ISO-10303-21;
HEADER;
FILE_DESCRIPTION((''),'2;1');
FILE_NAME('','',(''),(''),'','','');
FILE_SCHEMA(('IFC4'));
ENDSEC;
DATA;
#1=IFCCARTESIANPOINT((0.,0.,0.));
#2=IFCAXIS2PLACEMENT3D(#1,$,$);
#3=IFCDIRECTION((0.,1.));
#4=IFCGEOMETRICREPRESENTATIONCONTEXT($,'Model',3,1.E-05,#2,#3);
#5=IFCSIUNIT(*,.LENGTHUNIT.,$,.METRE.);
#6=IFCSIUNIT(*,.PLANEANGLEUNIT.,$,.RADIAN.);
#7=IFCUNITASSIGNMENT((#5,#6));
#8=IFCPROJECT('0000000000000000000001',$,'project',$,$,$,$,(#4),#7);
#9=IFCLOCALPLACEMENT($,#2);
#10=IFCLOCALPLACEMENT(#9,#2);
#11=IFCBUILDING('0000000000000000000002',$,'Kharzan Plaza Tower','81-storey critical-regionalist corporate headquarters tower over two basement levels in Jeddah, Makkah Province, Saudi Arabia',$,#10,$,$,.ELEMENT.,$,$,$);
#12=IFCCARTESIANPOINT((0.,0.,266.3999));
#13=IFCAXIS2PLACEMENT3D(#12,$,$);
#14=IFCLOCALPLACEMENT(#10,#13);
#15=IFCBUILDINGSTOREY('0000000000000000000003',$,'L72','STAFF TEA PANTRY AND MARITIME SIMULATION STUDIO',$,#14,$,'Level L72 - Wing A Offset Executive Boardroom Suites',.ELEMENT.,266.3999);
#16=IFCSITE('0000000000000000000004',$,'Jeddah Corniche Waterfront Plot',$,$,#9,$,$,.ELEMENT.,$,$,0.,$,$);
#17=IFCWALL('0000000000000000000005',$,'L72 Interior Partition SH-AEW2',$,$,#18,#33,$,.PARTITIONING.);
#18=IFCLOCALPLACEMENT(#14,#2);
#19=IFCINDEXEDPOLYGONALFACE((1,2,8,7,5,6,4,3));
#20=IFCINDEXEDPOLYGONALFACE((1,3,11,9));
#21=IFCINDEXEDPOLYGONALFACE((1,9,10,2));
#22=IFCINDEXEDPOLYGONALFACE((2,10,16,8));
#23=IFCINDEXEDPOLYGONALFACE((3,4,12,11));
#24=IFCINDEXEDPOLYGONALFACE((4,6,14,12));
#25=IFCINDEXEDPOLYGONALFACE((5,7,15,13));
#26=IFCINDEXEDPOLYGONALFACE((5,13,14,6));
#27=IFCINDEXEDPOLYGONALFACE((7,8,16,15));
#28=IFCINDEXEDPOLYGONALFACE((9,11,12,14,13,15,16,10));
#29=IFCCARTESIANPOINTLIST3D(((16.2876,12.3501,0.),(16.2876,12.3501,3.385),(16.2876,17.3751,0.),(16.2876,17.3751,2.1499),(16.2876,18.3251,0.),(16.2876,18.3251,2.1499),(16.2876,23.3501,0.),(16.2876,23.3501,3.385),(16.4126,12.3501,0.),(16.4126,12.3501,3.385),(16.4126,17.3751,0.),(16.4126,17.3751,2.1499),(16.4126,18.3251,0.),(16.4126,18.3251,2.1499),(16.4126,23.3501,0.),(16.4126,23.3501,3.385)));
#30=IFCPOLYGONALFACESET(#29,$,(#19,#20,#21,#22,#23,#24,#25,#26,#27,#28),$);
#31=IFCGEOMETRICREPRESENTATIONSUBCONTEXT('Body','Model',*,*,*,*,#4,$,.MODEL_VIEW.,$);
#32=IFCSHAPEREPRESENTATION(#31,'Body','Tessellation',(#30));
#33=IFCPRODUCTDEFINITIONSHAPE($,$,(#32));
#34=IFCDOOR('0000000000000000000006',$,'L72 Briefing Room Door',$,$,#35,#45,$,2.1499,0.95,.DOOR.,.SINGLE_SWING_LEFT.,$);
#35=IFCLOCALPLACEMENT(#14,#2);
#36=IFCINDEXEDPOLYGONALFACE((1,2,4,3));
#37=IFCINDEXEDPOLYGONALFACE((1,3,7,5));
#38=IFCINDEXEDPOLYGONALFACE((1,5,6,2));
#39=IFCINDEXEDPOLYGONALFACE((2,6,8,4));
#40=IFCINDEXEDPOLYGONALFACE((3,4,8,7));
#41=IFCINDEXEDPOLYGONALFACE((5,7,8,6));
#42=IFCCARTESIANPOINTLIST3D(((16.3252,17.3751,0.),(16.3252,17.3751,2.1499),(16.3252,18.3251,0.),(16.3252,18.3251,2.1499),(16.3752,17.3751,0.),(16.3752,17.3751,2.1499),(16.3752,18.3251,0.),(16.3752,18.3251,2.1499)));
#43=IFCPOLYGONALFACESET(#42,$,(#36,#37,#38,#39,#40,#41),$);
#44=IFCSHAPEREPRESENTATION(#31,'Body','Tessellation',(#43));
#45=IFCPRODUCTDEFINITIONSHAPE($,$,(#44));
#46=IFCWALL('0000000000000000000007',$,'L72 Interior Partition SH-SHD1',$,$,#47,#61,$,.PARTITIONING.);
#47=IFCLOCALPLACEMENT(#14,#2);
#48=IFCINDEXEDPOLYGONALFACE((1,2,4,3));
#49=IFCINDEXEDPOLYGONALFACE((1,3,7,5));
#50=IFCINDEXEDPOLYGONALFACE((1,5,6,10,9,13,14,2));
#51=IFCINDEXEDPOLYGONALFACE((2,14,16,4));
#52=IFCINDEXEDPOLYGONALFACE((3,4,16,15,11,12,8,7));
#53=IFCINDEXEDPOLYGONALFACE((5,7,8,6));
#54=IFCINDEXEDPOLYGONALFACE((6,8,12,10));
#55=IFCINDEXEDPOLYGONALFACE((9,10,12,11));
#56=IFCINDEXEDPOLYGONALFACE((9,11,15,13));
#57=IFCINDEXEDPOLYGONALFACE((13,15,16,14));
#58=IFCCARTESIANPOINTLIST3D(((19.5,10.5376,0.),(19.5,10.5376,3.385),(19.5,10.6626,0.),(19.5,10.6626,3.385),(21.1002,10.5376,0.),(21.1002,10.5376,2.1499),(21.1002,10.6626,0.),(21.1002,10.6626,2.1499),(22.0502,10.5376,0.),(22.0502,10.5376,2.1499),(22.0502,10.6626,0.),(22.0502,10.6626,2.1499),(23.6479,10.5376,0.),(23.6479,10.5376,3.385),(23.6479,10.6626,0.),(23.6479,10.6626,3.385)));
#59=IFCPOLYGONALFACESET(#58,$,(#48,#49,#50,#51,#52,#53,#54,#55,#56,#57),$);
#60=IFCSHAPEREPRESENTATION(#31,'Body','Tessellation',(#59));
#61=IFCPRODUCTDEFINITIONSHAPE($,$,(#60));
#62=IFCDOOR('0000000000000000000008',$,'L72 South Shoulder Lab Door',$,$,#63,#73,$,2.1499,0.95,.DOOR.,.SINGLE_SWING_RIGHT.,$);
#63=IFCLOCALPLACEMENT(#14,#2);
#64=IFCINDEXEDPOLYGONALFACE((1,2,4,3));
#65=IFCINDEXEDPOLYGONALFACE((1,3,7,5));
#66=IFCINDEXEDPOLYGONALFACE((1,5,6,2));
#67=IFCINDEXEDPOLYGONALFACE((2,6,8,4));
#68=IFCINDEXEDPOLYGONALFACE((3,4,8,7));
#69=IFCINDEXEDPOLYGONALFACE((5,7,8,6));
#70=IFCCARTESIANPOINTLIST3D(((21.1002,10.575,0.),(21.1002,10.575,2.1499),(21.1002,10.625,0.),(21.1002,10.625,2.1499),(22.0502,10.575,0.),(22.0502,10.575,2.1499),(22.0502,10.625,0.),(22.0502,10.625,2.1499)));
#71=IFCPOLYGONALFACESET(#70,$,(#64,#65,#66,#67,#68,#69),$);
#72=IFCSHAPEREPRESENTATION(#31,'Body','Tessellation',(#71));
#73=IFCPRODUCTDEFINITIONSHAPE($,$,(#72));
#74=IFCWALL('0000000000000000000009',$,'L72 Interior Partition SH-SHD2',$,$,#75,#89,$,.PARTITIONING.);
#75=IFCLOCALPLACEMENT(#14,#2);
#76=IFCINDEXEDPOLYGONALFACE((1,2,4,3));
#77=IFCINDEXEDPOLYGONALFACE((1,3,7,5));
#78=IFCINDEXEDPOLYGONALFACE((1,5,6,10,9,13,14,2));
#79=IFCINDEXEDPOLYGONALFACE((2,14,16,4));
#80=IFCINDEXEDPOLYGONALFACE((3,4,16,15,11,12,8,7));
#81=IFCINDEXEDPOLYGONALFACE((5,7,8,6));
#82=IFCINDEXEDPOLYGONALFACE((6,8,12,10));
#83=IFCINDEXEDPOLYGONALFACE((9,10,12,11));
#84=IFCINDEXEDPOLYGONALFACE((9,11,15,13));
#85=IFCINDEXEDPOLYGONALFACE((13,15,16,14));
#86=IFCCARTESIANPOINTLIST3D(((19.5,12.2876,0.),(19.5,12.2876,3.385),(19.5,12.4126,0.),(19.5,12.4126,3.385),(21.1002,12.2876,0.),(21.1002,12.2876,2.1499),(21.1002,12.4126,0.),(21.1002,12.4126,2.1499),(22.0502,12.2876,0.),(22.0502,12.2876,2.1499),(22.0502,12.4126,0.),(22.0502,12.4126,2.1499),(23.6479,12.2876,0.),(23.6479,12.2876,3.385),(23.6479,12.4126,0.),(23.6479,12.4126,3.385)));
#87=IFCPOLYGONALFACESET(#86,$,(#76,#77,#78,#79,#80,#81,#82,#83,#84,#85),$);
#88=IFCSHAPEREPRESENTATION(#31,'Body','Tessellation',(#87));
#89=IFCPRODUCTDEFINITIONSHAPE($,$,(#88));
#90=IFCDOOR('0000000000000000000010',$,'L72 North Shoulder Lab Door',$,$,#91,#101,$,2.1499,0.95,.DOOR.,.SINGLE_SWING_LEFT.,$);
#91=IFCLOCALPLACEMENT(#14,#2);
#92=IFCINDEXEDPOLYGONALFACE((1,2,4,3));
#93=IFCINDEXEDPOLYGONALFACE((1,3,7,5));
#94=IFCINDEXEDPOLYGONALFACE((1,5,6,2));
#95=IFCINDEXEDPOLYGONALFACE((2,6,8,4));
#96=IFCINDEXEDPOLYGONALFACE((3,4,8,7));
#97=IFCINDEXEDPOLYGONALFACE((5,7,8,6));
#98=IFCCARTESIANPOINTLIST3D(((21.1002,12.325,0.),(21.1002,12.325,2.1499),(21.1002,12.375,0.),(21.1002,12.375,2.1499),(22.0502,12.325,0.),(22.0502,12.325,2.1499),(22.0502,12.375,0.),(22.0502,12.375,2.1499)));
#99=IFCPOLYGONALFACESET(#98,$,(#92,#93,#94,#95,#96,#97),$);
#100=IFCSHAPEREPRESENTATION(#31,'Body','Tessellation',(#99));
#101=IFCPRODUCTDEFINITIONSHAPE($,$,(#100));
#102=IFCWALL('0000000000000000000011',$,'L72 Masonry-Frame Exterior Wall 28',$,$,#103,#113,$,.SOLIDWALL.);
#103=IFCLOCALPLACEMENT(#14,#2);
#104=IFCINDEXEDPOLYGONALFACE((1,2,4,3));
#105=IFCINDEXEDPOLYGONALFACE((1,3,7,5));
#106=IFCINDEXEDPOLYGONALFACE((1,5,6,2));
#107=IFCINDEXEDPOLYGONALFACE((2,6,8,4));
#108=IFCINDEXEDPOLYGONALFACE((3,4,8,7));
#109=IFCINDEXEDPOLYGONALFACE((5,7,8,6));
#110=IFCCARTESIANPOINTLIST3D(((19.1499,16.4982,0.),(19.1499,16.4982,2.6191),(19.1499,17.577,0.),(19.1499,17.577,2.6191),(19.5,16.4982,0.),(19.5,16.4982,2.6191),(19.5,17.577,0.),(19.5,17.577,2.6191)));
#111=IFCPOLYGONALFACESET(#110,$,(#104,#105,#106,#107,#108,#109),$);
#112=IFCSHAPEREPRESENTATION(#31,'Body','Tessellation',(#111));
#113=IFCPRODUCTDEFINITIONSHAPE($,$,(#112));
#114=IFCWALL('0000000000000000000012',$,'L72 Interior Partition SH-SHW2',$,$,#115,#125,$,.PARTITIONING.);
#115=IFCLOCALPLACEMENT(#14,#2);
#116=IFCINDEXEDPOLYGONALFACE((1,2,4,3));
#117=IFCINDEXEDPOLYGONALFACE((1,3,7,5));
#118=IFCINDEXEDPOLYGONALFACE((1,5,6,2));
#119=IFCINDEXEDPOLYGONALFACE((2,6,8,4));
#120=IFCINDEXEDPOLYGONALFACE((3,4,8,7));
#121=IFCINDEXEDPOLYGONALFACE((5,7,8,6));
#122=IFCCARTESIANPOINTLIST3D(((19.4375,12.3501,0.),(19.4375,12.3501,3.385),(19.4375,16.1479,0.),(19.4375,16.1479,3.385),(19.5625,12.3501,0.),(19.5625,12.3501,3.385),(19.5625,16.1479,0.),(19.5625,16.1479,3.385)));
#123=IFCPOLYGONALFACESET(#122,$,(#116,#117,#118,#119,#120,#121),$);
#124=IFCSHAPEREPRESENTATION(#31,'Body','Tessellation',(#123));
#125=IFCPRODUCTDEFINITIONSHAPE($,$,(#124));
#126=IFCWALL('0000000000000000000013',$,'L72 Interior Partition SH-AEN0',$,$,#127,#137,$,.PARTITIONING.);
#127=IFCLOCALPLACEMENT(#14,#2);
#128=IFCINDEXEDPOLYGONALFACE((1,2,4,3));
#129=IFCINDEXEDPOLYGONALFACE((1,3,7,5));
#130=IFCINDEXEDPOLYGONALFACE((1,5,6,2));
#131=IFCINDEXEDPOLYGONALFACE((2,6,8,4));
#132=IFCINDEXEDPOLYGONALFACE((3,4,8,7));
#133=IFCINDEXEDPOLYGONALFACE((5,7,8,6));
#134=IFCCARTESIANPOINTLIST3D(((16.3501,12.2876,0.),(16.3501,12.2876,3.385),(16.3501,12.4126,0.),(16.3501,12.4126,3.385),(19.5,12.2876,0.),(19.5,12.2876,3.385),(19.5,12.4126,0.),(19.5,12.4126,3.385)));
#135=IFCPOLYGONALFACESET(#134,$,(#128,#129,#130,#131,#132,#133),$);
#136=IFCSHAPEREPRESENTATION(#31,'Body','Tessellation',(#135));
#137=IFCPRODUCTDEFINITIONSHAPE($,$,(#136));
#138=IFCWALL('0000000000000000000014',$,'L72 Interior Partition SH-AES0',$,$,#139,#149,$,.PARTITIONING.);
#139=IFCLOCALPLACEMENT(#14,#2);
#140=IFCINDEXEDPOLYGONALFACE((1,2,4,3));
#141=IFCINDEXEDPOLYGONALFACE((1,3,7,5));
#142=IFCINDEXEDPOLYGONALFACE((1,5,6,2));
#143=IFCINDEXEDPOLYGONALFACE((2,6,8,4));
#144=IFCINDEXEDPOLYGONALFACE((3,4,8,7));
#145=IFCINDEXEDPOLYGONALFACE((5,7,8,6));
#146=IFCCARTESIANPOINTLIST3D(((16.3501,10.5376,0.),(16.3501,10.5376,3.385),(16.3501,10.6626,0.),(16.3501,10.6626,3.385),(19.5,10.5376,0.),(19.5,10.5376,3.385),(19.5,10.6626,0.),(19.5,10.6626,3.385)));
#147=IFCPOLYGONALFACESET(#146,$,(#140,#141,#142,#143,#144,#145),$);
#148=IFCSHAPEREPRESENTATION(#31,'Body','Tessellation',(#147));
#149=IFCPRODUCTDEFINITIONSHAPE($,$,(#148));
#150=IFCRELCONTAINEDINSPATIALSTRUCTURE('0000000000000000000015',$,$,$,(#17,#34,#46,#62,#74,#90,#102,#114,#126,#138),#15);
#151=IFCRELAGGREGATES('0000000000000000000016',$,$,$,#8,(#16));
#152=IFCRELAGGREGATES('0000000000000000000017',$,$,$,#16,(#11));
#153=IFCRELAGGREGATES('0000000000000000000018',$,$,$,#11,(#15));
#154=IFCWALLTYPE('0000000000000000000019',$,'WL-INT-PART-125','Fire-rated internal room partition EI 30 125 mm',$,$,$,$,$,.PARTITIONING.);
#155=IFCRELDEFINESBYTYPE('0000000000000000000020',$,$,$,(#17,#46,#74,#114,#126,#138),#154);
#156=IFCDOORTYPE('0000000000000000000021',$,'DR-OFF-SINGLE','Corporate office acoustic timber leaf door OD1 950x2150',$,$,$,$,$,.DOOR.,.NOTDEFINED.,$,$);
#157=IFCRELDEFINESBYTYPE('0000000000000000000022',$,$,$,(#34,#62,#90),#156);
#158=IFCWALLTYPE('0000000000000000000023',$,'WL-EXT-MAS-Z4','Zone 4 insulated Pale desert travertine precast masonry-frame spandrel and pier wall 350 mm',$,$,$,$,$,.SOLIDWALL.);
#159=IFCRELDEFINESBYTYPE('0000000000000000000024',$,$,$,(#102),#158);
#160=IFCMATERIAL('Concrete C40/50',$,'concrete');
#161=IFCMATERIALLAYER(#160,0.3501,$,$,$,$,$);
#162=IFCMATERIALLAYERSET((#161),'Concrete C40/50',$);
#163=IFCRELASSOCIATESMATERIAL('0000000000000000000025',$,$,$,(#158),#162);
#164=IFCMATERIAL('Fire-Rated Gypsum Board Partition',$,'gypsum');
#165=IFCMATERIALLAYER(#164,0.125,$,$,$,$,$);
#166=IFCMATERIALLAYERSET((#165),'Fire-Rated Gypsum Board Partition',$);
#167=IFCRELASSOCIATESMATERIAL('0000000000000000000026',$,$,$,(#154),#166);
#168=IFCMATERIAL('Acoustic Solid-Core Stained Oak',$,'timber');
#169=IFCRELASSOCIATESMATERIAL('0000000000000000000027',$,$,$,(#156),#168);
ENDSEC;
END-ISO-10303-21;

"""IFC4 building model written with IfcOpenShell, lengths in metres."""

from ifc_helpers import new_model, si_unit, direction, frame, frame_2d, origin, place, context, subcontext, project, spatial, rectangle, extrude, source, transform, mapped, material, layer, layer_set, type_object, element, fill, save


model = new_model("IFC4")

# Units and contexts
model_context = context("Model", 3, precision=1e-05, world=origin(), true_north=direction((0.0, 1.0)))
body_context = subcontext(model_context, "Body", "Model", "MODEL_VIEW")
ifc_project = project(units=[si_unit("LENGTHUNIT", "METRE"), si_unit("PLANEANGLEUNIT", "RADIAN")], contexts=[model_context])

# Site, building, storey
site_placement = place(None, origin())
site = spatial("IfcSite", under=ifc_project, at=site_placement, Name="Jeddah Corniche Waterfront Plot", CompositionType="ELEMENT", RefElevation=0.0)
building_placement = place(site_placement, origin())
building = spatial("IfcBuilding", under=site, at=building_placement, Name="Kharzan Plaza Tower", Description="81-storey critical-regionalist corporate headquarters tower over two basement levels in Jeddah, Makkah Province, Saudi Arabia", CompositionType="ELEMENT")
storey_placement = place(building_placement, frame((0.0, 0.0, 266.3999)))
storey = spatial("IfcBuildingStorey", under=building, at=storey_placement, Name="L72", Description="STAFF TEA PANTRY AND MARITIME SIMULATION STUDIO", LongName="Level L72 - Wing A Offset Executive Boardroom Suites", CompositionType="ELEMENT", Elevation=266.3999)

# Shared definitions
ifc_material_1 = material(Name="Concrete C40/50", Category="concrete")
ifc_layer_1 = layer(ifc_material_1, 0.3501)
ifc_layer_set_1 = layer_set([ifc_layer_1], Name="Concrete C40/50")
wall_type_1 = type_object("IfcWallType", Name="WL-EXT-MAS-Z4", Description="Zone 4 insulated Pale desert travertine precast masonry-frame spandrel and pier wall 350 mm", PredefinedType="SOLIDWALL", material=ifc_layer_set_1)

# Walls, openings, doors
ifc_material_2 = material(Name="Fire-Rated Gypsum Board Partition", Category="gypsum")
ifc_layer_2 = layer(ifc_material_2, 0.125)
ifc_layer_set_2 = layer_set([ifc_layer_2], Name="Fire-Rated Gypsum Board Partition")
wall_type_2 = type_object("IfcWallType", Name="WL-INT-PART-125", Description="Fire-rated internal room partition EI 30 125 mm", PredefinedType="PARTITIONING", material=ifc_layer_set_2)
wall_1_placement = place(storey_placement, frame((16.3501, 12.3501, 0.0), z_axis=(0.0, 0.0, 1.0), x_axis=(0.0, 1.0, 0.0)))
wall_1 = element("IfcWall", 1, at=wall_1_placement, inside=storey, type_object=wall_type_2, Name="L72 Interior Partition SH-AEW2", PredefinedType="PARTITIONING", context=body_context, shape_type="SweptSolid", body=[
    extrude(rectangle(XDim=11.0, YDim=0.125, at=frame_2d((5.5, 0.0))), origin(), (0.0, 0.0, 1.0), 3.385),
])
opening_1_placement = place(wall_1_placement, frame((5.0249, 0.0, 0.0)))
opening_1 = element("IfcOpeningElement", 2, at=opening_1_placement, cuts=wall_1, PredefinedType="OPENING", context=body_context, shape_type="SweptSolid", body=[
    extrude(rectangle(XDim=0.95, YDim=2.1499, at=frame_2d((0.4751, 1.075))), frame((0.0, 0.0725, 0.0), z_axis=(0.0, -1.0, 0.0), x_axis=(1.0, 0.0, 0.0)), (0.0, 0.0, 1.0), 0.145),
])
ifc_material_3 = material(Name="Acoustic Solid-Core Stained Oak", Category="timber")
door_type = type_object("IfcDoorType", Name="DR-OFF-SINGLE", Description="Corporate office acoustic timber leaf door OD1 950x2150", OperationType="NOTDEFINED", PredefinedType="DOOR", material=ifc_material_3)
shared_shape_1 = source(origin(), body_context, "Body", "SweptSolid", [
    extrude(rectangle(XDim=0.95, YDim=2.1499, at=frame_2d((0.4751, 1.075))), frame((0.0, 0.0249, 0.0), z_axis=(0.0, -1.0, 0.0), x_axis=(1.0, 0.0, 0.0)), (0.0, 0.0, 1.0), 0.05),
])
door_1_placement = place(opening_1_placement, origin())
door_1 = element("IfcDoor", 3, at=door_1_placement, inside=storey, type_object=door_type, Name="L72 Briefing Room Door", OperationType="SINGLE_SWING_LEFT", OverallHeight=2.1499, OverallWidth=0.95, PredefinedType="DOOR", context=body_context, shape_type="MappedRepresentation", body=[
    mapped(shared_shape_1, transform((0.0, 0.0, 0.0), x_axis=(1.0, 0.0, 0.0), y_axis=(0.0, 1.0, 0.0), z_axis=(0.0, 0.0, 1.0))),
])
fill(opening_1, door_1)
wall_2_placement = place(storey_placement, frame((19.5, 10.6001, 0.0), z_axis=(0.0, 0.0, 1.0), x_axis=(1.0, 0.0, 0.0)))
wall_2 = element("IfcWall", 4, at=wall_2_placement, inside=storey, type_object=wall_type_2, Name="L72 Interior Partition SH-SHD1", PredefinedType="PARTITIONING", context=body_context, shape_type="SweptSolid", body=[
    extrude(rectangle(XDim=4.1479, YDim=0.125, at=frame_2d((2.074, 0.0))), origin(), (0.0, 0.0, 1.0), 3.385),
])
opening_2_placement = place(wall_2_placement, frame((1.6001, 0.0, 0.0)))
opening_2 = element("IfcOpeningElement", 5, at=opening_2_placement, cuts=wall_2, PredefinedType="OPENING", context=body_context, shape_type="SweptSolid", body=[
    extrude(rectangle(XDim=0.95, YDim=2.1499, at=frame_2d((0.4751, 1.075))), frame((0.0, 0.0725, 0.0), z_axis=(0.0, -1.0, 0.0), x_axis=(1.0, 0.0, 0.0)), (0.0, 0.0, 1.0), 0.145),
])
door_2_placement = place(opening_2_placement, origin())
door_2 = element("IfcDoor", 6, at=door_2_placement, inside=storey, type_object=door_type, Name="L72 South Shoulder Lab Door", OperationType="SINGLE_SWING_RIGHT", OverallHeight=2.1499, OverallWidth=0.95, PredefinedType="DOOR", context=body_context, shape_type="MappedRepresentation", body=[
    mapped(shared_shape_1, transform((0.0, 0.0, 0.0), x_axis=(1.0, 0.0, 0.0), y_axis=(0.0, 1.0, 0.0), z_axis=(0.0, 0.0, 1.0))),
])
fill(opening_2, door_2)
wall_3_placement = place(storey_placement, frame((19.5, 12.3501, 0.0), z_axis=(0.0, 0.0, 1.0), x_axis=(1.0, 0.0, 0.0)))
wall_3 = element("IfcWall", 7, at=wall_3_placement, inside=storey, type_object=wall_type_2, Name="L72 Interior Partition SH-SHD2", PredefinedType="PARTITIONING", context=body_context, shape_type="SweptSolid", body=[
    extrude(rectangle(XDim=4.1479, YDim=0.125, at=frame_2d((2.074, 0.0))), origin(), (0.0, 0.0, 1.0), 3.385),
])
opening_3_placement = place(wall_3_placement, frame((1.6001, 0.0, 0.0)))
opening_3 = element("IfcOpeningElement", 8, at=opening_3_placement, cuts=wall_3, PredefinedType="OPENING", context=body_context, shape_type="SweptSolid", body=[
    extrude(rectangle(XDim=0.95, YDim=2.1499, at=frame_2d((0.4751, 1.075))), frame((0.0, 0.0725, 0.0), z_axis=(0.0, -1.0, 0.0), x_axis=(1.0, 0.0, 0.0)), (0.0, 0.0, 1.0), 0.145),
])
door_3_placement = place(opening_3_placement, origin())
door_3 = element("IfcDoor", 9, at=door_3_placement, inside=storey, type_object=door_type, Name="L72 North Shoulder Lab Door", OperationType="SINGLE_SWING_LEFT", OverallHeight=2.1499, OverallWidth=0.95, PredefinedType="DOOR", context=body_context, shape_type="MappedRepresentation", body=[
    mapped(shared_shape_1, transform((0.0, 0.0, 0.0), x_axis=(1.0, 0.0, 0.0), y_axis=(0.0, 1.0, 0.0), z_axis=(0.0, 0.0, 1.0))),
])
fill(opening_3, door_3)

# Walls
shared_shape_2 = source(origin(), body_context, "Body", "SweptSolid", [
    extrude(rectangle(XDim=1.0789, YDim=0.3501, at=frame_2d((0.5396, 0.0))), origin(), (0.0, 0.0, 1.0), 2.6191),
])
wall_4_placement = place(storey_placement, frame((19.325, 16.498, 0.0), z_axis=(0.0, 0.0, 1.0), x_axis=(0.0, 1.0, 0.0)))
element("IfcWall", 10, at=wall_4_placement, inside=storey, type_object=wall_type_1, Name="L72 Masonry-Frame Exterior Wall 28", PredefinedType="SOLIDWALL", context=body_context, shape_type="MappedRepresentation", body=[
    mapped(shared_shape_2, transform((0.0, 0.0, 0.0), x_axis=(1.0, 0.0, 0.0), y_axis=(0.0, 1.0, 0.0), z_axis=(0.0, 0.0, 1.0))),
])
shared_shape_3 = source(origin(), body_context, "Body", "SweptSolid", [
    extrude(rectangle(XDim=3.7979, YDim=0.125, at=frame_2d((1.8989, 0.0))), origin(), (0.0, 0.0, 1.0), 3.385),
])
wall_5_placement = place(storey_placement, frame((19.5, 12.3501, 0.0), z_axis=(0.0, 0.0, 1.0), x_axis=(0.0, 1.0, 0.0)))
element("IfcWall", 11, at=wall_5_placement, inside=storey, type_object=wall_type_2, Name="L72 Interior Partition SH-SHW2", PredefinedType="PARTITIONING", context=body_context, shape_type="MappedRepresentation", body=[
    mapped(shared_shape_3, transform((0.0, 0.0, 0.0), x_axis=(1.0, 0.0, 0.0), y_axis=(0.0, 1.0, 0.0), z_axis=(0.0, 0.0, 1.0))),
])
shared_shape_4 = source(origin(), body_context, "Body", "SweptSolid", [
    extrude(rectangle(XDim=3.1499, YDim=0.125, at=frame_2d((1.575, 0.0))), origin(), (0.0, 0.0, 1.0), 3.385),
])
for number, where, z_axis, x_axis, name in (
    (12, (16.3501, 12.3501, 0.0), (0.0, 0.0, 1.0), (1.0, 0.0, 0.0), "L72 Interior Partition SH-AEN0"),
    (13, (16.3501, 10.6001, 0.0), (0.0, 0.0, 1.0), (1.0, 0.0, 0.0), "L72 Interior Partition SH-AES0"),
):
    element("IfcWall", number, at=place(storey_placement, frame(where, z_axis=z_axis, x_axis=x_axis)), inside=storey, type_object=wall_type_2, Name=name, PredefinedType="PARTITIONING", context=body_context, shape_type="MappedRepresentation", body=[
        mapped(shared_shape_4, transform((0.0, 0.0, 0.0), x_axis=(1.0, 0.0, 0.0), y_axis=(0.0, 1.0, 0.0), z_axis=(0.0, 0.0, 1.0))),
    ])

save(model, "model.ifc")
